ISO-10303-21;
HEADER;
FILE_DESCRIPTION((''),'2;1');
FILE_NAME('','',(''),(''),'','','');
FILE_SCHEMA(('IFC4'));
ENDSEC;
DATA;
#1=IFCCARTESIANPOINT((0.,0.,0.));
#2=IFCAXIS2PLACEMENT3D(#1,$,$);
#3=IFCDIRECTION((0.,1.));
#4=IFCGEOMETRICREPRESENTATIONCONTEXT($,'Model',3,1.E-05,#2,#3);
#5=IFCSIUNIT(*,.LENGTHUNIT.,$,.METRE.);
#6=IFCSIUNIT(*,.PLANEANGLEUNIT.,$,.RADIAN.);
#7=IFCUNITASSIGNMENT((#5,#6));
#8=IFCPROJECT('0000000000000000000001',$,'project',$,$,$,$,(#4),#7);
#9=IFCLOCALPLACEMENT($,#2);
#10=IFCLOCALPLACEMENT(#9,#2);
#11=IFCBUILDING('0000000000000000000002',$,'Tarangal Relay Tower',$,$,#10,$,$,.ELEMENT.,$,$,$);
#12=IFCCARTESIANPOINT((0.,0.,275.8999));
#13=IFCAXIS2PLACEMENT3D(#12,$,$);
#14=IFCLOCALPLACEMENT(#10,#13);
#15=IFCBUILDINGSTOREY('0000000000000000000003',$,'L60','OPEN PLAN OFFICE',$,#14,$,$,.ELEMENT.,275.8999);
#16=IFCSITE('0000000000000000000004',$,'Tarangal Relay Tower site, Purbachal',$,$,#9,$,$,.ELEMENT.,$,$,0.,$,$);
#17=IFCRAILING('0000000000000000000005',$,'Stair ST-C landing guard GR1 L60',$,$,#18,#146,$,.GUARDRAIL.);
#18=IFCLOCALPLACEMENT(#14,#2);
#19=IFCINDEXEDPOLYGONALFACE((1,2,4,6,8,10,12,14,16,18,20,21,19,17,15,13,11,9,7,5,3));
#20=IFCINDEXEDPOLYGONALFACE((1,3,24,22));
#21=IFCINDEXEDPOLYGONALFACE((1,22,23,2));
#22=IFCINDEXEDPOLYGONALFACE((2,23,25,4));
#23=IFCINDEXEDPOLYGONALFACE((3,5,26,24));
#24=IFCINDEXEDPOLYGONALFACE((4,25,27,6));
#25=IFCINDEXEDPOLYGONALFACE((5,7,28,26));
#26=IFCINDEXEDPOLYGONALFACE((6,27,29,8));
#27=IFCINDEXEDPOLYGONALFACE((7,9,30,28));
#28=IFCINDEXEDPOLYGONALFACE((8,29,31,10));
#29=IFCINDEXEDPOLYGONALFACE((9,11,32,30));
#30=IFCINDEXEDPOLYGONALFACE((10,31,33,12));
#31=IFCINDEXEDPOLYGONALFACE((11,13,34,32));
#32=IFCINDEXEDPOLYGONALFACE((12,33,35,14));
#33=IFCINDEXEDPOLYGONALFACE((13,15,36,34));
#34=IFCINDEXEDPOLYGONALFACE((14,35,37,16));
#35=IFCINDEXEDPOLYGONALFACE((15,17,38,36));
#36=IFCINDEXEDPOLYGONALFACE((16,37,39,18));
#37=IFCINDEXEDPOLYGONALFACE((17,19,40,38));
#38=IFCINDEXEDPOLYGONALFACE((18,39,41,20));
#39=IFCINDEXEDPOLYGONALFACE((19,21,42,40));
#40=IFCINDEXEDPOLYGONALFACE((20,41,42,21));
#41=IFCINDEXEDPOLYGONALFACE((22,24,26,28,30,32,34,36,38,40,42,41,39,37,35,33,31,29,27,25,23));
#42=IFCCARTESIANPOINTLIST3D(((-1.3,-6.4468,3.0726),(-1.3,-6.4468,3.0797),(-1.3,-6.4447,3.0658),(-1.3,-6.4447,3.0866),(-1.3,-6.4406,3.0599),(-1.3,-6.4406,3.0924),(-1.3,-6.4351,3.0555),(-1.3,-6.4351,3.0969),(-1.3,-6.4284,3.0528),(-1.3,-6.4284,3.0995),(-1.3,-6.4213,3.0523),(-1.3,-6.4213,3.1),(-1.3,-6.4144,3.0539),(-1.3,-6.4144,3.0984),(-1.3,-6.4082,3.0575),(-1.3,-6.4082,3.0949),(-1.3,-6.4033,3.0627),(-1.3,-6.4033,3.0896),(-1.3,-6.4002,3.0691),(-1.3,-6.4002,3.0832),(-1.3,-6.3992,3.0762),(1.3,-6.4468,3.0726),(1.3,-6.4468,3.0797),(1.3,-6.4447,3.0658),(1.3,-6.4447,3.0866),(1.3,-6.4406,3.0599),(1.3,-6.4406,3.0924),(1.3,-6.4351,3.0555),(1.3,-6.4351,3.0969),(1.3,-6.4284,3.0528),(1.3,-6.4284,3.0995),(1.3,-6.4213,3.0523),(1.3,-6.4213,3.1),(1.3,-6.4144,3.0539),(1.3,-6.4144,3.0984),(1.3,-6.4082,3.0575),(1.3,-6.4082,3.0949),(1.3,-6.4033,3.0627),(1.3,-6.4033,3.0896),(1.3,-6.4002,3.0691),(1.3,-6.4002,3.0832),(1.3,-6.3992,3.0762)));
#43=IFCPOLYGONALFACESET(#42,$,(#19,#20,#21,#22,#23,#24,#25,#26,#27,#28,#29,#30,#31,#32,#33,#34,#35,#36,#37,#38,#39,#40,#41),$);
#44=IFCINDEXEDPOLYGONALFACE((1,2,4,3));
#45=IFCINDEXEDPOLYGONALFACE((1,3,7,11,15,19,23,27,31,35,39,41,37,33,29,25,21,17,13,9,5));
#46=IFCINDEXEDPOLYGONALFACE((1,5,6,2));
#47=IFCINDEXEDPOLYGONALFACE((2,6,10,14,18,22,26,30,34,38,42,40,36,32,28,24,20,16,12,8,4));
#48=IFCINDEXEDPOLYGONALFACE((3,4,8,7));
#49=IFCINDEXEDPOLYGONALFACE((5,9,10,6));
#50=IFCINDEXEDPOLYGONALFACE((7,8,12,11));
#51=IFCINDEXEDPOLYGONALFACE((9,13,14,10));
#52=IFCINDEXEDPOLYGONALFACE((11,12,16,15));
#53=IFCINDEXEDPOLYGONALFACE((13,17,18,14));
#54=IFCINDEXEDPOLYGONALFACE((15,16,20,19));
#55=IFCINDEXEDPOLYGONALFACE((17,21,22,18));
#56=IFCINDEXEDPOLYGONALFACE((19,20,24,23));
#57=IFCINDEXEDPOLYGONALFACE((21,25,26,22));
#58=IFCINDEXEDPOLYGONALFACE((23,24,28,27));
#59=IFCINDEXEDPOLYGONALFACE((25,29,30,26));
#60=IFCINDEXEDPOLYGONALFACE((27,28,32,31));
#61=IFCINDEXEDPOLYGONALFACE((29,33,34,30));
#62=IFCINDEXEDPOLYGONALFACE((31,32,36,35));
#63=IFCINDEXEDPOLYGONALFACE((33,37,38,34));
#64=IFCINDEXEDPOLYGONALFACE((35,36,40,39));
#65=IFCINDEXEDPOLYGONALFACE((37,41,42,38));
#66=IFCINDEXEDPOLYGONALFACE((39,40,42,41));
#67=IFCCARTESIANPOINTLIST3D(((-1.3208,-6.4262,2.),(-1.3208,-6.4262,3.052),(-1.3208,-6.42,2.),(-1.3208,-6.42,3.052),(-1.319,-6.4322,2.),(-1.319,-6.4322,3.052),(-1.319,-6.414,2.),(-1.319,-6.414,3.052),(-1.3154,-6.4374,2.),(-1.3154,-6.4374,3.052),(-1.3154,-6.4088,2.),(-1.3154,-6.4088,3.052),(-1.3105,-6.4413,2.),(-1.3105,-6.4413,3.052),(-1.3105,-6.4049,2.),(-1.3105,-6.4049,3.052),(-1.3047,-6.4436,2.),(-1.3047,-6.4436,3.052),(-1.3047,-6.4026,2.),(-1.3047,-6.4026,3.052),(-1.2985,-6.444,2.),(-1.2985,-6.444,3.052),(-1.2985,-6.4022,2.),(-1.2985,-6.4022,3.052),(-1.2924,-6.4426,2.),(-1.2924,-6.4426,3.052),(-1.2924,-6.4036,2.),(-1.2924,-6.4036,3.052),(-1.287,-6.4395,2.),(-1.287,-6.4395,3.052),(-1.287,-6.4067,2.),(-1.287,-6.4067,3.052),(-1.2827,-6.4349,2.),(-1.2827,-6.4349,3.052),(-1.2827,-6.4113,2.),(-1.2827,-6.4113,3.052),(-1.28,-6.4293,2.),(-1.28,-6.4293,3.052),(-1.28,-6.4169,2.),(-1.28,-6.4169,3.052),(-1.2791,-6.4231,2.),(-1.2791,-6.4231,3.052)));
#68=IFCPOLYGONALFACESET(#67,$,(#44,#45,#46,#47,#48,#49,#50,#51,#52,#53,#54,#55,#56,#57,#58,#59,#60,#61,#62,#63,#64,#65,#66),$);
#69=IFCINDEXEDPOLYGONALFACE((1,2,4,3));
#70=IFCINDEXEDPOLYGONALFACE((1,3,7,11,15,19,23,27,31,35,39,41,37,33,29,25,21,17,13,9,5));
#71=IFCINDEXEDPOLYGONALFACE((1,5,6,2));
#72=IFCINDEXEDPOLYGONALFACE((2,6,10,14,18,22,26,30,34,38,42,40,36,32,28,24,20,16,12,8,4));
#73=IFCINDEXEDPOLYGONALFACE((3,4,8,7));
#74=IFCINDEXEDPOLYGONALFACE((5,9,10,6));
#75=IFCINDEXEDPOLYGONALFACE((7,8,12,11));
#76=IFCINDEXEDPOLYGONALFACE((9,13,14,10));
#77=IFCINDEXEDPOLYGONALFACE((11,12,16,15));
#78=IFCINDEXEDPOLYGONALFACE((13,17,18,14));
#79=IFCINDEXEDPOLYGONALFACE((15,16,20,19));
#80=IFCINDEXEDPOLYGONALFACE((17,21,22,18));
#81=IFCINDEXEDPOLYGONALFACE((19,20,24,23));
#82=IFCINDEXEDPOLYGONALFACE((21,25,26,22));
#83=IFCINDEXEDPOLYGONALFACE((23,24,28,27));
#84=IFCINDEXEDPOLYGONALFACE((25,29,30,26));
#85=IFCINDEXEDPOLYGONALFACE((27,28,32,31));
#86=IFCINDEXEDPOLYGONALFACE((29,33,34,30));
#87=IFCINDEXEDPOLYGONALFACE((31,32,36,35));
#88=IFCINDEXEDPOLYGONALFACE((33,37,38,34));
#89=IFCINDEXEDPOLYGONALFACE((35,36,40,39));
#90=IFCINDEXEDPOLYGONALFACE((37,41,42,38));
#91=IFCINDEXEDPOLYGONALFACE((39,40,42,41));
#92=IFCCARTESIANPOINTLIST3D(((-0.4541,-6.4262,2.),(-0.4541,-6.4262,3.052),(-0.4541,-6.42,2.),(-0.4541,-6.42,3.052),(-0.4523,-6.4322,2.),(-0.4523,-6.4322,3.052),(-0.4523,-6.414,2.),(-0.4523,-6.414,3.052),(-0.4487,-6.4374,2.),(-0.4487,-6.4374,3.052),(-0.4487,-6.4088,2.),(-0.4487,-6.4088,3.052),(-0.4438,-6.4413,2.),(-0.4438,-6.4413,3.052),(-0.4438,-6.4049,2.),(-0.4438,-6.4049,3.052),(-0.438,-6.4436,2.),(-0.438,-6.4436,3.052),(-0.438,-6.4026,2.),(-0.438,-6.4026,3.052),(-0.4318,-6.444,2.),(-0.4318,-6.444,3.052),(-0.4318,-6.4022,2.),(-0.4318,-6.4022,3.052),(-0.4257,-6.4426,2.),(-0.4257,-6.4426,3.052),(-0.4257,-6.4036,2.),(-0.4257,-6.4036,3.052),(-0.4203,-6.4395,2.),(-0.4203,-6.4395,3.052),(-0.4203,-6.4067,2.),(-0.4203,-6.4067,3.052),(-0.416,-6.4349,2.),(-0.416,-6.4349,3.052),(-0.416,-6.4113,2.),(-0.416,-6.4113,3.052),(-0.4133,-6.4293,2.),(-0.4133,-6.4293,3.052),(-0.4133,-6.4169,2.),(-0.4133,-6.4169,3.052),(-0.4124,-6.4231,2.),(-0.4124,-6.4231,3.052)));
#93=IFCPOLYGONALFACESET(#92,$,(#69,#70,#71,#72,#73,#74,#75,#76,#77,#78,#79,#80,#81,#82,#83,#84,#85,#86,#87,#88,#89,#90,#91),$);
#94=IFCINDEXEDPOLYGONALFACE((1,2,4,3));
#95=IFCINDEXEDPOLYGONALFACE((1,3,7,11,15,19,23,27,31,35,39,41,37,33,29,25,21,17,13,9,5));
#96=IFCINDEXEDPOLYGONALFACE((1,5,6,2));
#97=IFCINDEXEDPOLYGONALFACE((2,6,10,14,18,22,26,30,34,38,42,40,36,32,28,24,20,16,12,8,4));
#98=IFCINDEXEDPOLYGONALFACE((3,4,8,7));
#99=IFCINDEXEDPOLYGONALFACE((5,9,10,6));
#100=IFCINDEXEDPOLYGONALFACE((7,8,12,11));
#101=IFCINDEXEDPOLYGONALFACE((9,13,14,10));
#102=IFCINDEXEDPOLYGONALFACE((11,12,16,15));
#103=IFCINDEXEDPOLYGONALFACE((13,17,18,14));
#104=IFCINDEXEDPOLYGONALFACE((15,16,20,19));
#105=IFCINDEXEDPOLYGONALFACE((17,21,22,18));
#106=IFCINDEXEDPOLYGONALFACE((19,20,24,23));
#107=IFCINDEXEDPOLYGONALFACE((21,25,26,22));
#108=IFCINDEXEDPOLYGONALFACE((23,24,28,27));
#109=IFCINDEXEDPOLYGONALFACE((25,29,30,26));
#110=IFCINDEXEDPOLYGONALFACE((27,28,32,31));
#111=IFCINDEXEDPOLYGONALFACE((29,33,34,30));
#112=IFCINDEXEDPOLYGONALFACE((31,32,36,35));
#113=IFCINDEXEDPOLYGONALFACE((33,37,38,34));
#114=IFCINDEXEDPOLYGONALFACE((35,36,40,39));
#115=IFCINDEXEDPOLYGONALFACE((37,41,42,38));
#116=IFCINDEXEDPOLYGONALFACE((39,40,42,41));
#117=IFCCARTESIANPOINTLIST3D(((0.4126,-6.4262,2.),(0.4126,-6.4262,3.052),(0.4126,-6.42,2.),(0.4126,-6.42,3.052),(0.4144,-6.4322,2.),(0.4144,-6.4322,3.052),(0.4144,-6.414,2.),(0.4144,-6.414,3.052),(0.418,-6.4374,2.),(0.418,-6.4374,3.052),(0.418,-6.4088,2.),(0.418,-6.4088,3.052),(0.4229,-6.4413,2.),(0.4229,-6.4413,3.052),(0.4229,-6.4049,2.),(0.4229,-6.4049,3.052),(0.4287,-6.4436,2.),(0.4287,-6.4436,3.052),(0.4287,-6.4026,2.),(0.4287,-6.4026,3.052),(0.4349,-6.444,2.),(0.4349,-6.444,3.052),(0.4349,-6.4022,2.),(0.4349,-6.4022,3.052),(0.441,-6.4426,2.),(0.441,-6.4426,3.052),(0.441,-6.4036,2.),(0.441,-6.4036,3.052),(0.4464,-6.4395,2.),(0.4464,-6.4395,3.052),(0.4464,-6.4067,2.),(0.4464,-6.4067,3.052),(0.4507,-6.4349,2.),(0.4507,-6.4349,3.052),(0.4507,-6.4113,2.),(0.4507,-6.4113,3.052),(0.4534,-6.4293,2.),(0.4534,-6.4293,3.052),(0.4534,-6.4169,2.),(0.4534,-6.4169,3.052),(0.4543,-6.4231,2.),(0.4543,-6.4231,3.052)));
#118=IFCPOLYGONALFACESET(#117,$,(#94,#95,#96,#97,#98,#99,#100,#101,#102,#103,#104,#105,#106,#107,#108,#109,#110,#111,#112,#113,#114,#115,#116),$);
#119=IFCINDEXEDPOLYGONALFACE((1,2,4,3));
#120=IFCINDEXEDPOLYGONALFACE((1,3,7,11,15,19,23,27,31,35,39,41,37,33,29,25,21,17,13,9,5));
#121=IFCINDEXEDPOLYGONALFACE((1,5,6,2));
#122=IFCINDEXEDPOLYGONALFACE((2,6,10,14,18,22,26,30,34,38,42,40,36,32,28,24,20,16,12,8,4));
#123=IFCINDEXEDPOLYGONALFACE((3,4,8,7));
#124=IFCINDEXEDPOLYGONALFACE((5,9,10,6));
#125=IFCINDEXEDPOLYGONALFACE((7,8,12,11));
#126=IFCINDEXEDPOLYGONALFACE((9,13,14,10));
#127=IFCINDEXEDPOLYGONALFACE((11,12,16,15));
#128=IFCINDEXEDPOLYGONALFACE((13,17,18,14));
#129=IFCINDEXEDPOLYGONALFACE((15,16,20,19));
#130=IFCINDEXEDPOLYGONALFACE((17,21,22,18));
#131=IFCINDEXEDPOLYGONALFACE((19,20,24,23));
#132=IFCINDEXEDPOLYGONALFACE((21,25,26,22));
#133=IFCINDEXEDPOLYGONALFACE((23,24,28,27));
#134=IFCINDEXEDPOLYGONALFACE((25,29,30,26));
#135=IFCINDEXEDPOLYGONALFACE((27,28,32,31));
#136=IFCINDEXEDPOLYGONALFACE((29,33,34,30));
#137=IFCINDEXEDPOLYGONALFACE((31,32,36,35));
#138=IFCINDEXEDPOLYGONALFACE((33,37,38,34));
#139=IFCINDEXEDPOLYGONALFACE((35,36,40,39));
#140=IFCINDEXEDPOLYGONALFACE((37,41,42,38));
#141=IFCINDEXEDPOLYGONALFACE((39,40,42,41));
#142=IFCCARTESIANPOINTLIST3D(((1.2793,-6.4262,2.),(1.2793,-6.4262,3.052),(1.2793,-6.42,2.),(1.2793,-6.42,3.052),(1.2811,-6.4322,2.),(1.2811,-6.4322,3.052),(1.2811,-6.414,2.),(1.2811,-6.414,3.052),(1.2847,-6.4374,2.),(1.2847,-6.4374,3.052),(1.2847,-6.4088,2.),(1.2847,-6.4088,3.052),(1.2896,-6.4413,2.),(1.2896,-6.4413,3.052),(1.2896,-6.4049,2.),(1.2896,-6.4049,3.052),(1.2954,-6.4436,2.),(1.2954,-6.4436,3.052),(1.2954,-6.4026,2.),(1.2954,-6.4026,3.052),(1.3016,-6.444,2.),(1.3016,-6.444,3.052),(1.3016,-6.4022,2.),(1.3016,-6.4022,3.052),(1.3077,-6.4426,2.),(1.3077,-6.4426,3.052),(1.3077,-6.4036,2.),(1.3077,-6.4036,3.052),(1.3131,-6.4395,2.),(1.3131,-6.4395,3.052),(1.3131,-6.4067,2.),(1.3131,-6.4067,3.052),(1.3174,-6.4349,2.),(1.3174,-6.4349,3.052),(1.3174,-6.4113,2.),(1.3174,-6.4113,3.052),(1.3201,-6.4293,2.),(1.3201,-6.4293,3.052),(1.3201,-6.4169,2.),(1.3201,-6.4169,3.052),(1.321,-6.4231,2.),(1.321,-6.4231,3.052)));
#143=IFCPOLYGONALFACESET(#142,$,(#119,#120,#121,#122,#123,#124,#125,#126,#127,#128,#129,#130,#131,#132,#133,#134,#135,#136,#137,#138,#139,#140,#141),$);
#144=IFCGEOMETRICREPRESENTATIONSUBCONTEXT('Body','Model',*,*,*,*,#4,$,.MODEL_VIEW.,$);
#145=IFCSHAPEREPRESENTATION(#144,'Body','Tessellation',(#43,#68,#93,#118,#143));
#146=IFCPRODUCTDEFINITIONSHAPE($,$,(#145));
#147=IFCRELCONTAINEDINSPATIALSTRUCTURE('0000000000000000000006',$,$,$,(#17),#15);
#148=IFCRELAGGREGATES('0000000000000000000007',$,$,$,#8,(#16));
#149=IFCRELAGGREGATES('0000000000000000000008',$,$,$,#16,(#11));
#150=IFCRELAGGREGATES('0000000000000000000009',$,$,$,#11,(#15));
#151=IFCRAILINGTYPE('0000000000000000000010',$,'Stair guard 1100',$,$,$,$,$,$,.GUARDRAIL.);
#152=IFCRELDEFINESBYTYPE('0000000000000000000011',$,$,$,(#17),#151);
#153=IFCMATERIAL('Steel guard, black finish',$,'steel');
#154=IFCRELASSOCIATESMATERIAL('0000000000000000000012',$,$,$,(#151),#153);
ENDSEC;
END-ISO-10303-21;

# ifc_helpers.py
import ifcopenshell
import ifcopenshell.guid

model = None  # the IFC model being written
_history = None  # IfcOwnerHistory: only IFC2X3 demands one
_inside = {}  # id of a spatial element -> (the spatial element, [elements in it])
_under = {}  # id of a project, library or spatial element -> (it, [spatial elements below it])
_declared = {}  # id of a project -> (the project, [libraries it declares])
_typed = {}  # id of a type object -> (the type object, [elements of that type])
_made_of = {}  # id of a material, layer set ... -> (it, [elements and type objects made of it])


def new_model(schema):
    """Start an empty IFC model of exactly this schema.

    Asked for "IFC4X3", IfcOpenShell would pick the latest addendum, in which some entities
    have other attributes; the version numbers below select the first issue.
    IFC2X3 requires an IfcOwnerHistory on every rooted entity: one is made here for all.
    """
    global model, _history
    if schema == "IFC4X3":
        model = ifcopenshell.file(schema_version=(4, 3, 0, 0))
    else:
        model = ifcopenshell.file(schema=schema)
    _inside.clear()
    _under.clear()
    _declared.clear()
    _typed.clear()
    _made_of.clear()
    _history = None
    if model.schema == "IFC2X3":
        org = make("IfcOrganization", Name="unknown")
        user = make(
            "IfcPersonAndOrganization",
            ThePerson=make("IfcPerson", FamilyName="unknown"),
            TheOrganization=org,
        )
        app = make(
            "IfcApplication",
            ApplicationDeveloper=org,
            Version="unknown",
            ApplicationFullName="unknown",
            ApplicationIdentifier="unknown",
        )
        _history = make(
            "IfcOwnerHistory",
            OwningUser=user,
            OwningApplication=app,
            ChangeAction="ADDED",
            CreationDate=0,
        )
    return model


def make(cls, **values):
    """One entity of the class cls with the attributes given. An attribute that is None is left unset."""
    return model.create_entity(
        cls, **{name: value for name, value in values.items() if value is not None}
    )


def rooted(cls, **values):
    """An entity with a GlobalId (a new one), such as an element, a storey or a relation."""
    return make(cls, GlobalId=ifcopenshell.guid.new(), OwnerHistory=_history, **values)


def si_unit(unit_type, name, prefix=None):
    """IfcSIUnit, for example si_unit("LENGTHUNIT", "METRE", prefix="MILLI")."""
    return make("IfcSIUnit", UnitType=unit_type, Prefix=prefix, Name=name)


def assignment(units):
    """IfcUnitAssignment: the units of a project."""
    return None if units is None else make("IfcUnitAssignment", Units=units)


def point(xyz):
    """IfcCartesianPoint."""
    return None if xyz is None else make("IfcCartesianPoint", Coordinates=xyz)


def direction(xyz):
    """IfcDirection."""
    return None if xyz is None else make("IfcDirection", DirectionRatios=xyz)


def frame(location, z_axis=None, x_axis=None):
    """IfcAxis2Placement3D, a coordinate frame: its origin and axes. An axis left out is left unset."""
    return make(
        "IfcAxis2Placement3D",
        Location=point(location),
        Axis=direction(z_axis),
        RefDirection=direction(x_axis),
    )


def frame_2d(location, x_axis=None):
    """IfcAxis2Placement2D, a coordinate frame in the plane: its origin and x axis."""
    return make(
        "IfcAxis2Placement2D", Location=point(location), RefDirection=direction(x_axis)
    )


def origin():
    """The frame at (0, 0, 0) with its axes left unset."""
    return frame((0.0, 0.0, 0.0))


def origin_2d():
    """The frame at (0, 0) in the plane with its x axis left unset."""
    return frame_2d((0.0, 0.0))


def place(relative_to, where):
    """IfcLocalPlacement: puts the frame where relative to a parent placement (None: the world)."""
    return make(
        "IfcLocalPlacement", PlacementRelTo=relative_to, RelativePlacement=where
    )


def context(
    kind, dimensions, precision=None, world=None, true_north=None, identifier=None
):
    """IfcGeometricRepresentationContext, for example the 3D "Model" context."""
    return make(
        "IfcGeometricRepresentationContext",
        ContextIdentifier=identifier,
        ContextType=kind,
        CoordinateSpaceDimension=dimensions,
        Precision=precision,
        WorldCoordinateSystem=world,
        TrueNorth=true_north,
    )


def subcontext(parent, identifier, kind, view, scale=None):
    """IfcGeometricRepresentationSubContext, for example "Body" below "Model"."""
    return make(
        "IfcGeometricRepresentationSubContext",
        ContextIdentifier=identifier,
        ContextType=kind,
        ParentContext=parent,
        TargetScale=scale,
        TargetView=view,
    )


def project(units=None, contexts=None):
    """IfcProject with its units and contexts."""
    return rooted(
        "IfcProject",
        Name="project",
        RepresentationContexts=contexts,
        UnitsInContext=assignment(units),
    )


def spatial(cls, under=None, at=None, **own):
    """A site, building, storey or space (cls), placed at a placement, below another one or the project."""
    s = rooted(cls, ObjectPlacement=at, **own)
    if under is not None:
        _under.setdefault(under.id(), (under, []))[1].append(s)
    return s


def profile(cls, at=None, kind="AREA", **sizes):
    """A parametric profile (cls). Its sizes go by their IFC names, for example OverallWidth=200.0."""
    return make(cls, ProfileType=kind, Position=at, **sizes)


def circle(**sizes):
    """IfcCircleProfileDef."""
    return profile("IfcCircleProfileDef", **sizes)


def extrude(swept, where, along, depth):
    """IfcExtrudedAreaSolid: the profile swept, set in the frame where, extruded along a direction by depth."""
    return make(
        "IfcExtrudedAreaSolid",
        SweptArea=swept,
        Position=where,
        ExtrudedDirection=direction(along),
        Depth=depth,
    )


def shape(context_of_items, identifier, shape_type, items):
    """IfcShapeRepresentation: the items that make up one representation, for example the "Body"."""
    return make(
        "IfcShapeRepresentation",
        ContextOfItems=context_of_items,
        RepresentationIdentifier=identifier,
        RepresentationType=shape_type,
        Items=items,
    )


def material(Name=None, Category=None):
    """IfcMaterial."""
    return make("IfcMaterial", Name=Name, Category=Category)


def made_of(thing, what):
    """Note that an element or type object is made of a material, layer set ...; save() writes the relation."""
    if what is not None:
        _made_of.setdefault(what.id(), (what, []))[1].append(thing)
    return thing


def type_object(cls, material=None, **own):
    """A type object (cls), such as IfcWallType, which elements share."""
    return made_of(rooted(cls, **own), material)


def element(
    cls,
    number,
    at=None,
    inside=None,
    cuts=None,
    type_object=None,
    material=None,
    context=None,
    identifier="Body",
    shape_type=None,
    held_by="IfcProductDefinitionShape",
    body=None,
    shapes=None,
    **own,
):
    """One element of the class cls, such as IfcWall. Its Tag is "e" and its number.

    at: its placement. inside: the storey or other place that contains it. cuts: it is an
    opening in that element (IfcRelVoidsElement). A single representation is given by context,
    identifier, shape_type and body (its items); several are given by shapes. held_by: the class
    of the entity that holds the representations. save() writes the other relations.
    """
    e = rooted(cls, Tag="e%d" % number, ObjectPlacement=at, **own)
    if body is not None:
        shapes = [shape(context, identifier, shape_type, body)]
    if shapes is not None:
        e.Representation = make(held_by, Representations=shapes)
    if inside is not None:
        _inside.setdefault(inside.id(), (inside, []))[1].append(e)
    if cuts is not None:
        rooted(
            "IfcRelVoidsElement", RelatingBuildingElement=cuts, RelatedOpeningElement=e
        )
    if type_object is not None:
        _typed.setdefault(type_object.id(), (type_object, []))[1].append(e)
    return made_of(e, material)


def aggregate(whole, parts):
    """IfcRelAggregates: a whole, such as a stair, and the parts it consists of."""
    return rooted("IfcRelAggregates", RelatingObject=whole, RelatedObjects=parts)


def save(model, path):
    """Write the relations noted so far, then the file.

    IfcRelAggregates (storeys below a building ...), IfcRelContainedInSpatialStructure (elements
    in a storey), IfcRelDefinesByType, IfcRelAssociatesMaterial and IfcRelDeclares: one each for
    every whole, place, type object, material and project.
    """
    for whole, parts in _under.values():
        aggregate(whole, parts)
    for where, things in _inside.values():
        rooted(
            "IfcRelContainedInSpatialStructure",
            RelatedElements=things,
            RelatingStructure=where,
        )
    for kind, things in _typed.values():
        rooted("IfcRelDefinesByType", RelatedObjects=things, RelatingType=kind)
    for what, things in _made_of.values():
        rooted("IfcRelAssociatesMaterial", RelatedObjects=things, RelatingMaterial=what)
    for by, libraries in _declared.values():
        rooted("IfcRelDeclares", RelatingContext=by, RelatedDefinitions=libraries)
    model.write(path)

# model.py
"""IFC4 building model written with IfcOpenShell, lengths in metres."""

from ifc_helpers import new_model, si_unit, direction, frame, origin, origin_2d, place, context, subcontext, project, spatial, circle, extrude, material, type_object, element, save


model = new_model("IFC4")

# Units and contexts
model_context = context("Model", 3, precision=1e-05, world=origin(), true_north=direction((0.0, 1.0)))
body_context = subcontext(model_context, "Body", "Model", "MODEL_VIEW")
ifc_project = project(units=[si_unit("LENGTHUNIT", "METRE"), si_unit("PLANEANGLEUNIT", "RADIAN")], contexts=[model_context])

# Site, building, storey
site_placement = place(None, origin())
site = spatial("IfcSite", under=ifc_project, at=site_placement, Name="Tarangal Relay Tower site, Purbachal", CompositionType="ELEMENT", RefElevation=0.0)
building_placement = place(site_placement, origin())
building = spatial("IfcBuilding", under=site, at=building_placement, Name="Tarangal Relay Tower", CompositionType="ELEMENT")
storey_placement = place(building_placement, frame((0.0, 0.0, 275.8999)))
storey = spatial("IfcBuildingStorey", under=building, at=storey_placement, Name="L60", Description="OPEN PLAN OFFICE", CompositionType="ELEMENT", Elevation=275.8999)

# Railing
ifc_material_1 = material(Name="Steel guard, black finish", Category="steel")
railing_type = type_object("IfcRailingType", Name="Stair guard 1100", PredefinedType="GUARDRAIL", material=ifc_material_1)
railing_1_placement = place(storey_placement, frame((-1.3, -6.4231, 2.0)))
element("IfcRailing", 1, at=railing_1_placement, inside=storey, type_object=railing_type, Name="Stair ST-C landing guard GR1 L60", PredefinedType="GUARDRAIL", context=body_context, shape_type="SweptSolid", body=[
    extrude(circle(Radius=0.0239, at=origin_2d()), frame((0.0, 0.0, 1.0762), z_axis=(1.0, 0.0, 0.0), x_axis=(0.0, 1.0, 0.0)), (0.0, 0.0, 1.0), 2.6001),
    extrude(circle(Radius=0.021, at=origin_2d()), origin(), (0.0, 0.0, 1.0), 1.052),
    extrude(circle(Radius=0.021, at=origin_2d()), frame((0.8667, 0.0, 0.0)), (0.0, 0.0, 1.0), 1.052),
    extrude(circle(Radius=0.021, at=origin_2d()), frame((1.7334, 0.0, 0.0)), (0.0, 0.0, 1.0), 1.052),
    extrude(circle(Radius=0.021, at=origin_2d()), frame((2.6001, 0.0, 0.0)), (0.0, 0.0, 1.0), 1.052),
])

save(model, "model.ifc")
